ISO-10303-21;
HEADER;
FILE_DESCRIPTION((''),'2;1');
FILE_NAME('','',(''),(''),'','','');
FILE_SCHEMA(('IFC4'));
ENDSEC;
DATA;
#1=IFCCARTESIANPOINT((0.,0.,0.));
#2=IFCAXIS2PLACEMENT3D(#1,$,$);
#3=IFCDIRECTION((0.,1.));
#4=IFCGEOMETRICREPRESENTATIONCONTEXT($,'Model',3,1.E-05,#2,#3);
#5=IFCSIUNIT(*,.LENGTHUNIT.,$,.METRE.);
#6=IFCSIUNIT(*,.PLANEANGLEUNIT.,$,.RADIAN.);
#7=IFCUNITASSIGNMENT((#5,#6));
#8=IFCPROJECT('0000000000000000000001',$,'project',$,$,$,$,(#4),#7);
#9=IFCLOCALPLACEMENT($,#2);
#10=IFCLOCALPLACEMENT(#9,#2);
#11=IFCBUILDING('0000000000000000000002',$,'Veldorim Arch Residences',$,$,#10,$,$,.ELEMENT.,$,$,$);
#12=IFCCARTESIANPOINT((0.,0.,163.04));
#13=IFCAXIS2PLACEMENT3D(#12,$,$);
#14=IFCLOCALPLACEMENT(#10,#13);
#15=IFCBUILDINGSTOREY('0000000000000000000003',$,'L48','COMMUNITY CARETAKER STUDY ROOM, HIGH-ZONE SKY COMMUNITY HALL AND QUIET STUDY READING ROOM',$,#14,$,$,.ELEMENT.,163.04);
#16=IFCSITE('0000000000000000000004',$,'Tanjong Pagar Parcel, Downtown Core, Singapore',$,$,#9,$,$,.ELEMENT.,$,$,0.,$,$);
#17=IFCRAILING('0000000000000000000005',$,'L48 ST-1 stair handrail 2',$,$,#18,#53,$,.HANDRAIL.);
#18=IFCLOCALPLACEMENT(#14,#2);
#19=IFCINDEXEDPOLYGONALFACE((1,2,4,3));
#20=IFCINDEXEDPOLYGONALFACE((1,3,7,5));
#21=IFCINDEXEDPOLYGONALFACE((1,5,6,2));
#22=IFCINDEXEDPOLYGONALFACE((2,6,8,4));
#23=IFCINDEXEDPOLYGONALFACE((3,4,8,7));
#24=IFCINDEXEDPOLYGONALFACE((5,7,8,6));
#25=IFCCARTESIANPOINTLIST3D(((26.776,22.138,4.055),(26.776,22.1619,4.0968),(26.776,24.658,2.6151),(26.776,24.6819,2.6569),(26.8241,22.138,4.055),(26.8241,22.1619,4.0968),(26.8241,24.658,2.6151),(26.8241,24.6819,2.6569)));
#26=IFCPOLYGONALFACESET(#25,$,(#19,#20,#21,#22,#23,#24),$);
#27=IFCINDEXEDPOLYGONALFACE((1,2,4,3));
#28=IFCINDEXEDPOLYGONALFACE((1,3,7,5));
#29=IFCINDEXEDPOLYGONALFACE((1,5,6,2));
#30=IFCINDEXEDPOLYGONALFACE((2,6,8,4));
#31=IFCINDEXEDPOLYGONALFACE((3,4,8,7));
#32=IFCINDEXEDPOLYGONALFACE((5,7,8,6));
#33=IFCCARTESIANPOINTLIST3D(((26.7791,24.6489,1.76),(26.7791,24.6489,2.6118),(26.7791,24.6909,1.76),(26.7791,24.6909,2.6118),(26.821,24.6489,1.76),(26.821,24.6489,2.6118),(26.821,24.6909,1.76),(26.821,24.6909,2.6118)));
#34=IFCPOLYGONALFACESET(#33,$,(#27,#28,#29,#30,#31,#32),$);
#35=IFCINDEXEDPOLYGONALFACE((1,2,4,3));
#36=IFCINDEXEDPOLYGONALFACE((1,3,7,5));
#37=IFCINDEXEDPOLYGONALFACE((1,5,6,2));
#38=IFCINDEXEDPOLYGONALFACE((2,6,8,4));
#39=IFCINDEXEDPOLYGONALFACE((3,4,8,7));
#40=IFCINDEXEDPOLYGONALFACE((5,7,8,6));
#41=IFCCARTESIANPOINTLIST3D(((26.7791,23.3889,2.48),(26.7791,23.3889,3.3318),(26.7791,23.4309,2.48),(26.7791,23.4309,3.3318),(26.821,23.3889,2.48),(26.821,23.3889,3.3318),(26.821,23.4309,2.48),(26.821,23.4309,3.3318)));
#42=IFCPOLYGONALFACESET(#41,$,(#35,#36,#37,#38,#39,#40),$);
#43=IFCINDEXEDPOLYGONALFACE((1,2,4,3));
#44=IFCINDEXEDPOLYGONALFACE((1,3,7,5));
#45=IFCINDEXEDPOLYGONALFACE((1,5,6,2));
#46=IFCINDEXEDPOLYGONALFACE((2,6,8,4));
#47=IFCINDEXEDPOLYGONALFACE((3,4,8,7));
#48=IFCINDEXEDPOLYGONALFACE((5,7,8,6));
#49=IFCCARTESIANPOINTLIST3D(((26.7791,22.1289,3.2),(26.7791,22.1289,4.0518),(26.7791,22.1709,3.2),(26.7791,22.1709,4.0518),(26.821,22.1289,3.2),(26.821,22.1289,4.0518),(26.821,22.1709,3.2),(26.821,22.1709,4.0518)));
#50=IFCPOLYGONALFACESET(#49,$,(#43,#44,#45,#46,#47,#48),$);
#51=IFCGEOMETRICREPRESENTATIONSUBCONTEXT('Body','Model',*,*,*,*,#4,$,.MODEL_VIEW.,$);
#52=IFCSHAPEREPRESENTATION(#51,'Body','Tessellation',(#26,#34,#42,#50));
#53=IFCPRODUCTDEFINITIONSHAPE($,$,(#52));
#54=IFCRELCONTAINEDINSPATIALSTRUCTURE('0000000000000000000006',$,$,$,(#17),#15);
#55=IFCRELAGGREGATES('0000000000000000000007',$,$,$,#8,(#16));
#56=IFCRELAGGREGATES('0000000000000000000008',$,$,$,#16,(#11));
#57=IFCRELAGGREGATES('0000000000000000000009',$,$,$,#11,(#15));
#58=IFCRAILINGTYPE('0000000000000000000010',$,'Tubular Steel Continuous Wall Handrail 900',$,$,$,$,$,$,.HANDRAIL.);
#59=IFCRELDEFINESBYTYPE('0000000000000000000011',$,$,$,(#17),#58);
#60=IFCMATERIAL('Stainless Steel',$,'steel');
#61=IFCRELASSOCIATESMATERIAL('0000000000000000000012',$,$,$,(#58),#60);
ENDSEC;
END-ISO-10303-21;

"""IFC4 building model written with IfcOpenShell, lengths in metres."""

from ifc_helpers import new_model, si_unit, direction, frame, origin, origin_2d, place, context, subcontext, project, spatial, rectangle, extrude, material, type_object, element, save


model = new_model("IFC4")

# Units and contexts
model_context = context("Model", 3, precision=1e-05, world=origin(), true_north=direction((0.0, 1.0)))
body_context = subcontext(model_context, "Body", "Model", "MODEL_VIEW")
ifc_project = project(units=[si_unit("LENGTHUNIT", "METRE"), si_unit("PLANEANGLEUNIT", "RADIAN")], contexts=[model_context])

# Site, building, storey
site_placement = place(None, origin())
site = spatial("IfcSite", under=ifc_project, at=site_placement, Name="Tanjong Pagar Parcel, Downtown Core, Singapore", CompositionType="ELEMENT", RefElevation=0.0)
building_placement = place(site_placement, origin())
building = spatial("IfcBuilding", under=site, at=building_placement, Name="Veldorim Arch Residences", CompositionType="ELEMENT")
storey_placement = place(building_placement, frame((0.0, 0.0, 163.04)))
storey = spatial("IfcBuildingStorey", under=building, at=storey_placement, Name="L48", Description="COMMUNITY CARETAKER STUDY ROOM, HIGH-ZONE SKY COMMUNITY HALL AND QUIET STUDY READING ROOM", CompositionType="ELEMENT", Elevation=163.04)

# Railing
ifc_material_1 = material(Name="Stainless Steel", Category="steel")
railing_type_1 = type_object("IfcRailingType", Name="Tubular Steel Continuous Wall Handrail 900", PredefinedType="HANDRAIL", material=ifc_material_1)
railing_1_placement = place(storey_placement, frame((26.8, 24.6699, 1.76)))
element("IfcRailing", 1, at=railing_1_placement, inside=storey, type_object=railing_type_1, Name="L48 ST-1 stair handrail 2", PredefinedType="HANDRAIL", context=body_context, shape_type="SweptSolid", body=[
    extrude(rectangle(XDim=0.0481, YDim=0.0481, at=origin_2d()), frame((0.0, 0.0, 0.876), z_axis=(0.0, -0.868253, 0.496121), x_axis=(1.0, 0.0, 0.0)), (0.0, 0.0, 1.0), 2.9023),
    extrude(rectangle(XDim=0.042, YDim=0.042, at=origin_2d()), origin(), (0.0, 0.0, 1.0), 0.8518),
    extrude(rectangle(XDim=0.042, YDim=0.042, at=origin_2d()), frame((0.0, -1.26, 0.72)), (0.0, 0.0, 1.0), 0.8518),
    extrude(rectangle(XDim=0.042, YDim=0.042, at=origin_2d()), frame((0.0, -2.52, 1.4399)), (0.0, 0.0, 1.0), 0.8518),
])

save(model, "model.ifc")
